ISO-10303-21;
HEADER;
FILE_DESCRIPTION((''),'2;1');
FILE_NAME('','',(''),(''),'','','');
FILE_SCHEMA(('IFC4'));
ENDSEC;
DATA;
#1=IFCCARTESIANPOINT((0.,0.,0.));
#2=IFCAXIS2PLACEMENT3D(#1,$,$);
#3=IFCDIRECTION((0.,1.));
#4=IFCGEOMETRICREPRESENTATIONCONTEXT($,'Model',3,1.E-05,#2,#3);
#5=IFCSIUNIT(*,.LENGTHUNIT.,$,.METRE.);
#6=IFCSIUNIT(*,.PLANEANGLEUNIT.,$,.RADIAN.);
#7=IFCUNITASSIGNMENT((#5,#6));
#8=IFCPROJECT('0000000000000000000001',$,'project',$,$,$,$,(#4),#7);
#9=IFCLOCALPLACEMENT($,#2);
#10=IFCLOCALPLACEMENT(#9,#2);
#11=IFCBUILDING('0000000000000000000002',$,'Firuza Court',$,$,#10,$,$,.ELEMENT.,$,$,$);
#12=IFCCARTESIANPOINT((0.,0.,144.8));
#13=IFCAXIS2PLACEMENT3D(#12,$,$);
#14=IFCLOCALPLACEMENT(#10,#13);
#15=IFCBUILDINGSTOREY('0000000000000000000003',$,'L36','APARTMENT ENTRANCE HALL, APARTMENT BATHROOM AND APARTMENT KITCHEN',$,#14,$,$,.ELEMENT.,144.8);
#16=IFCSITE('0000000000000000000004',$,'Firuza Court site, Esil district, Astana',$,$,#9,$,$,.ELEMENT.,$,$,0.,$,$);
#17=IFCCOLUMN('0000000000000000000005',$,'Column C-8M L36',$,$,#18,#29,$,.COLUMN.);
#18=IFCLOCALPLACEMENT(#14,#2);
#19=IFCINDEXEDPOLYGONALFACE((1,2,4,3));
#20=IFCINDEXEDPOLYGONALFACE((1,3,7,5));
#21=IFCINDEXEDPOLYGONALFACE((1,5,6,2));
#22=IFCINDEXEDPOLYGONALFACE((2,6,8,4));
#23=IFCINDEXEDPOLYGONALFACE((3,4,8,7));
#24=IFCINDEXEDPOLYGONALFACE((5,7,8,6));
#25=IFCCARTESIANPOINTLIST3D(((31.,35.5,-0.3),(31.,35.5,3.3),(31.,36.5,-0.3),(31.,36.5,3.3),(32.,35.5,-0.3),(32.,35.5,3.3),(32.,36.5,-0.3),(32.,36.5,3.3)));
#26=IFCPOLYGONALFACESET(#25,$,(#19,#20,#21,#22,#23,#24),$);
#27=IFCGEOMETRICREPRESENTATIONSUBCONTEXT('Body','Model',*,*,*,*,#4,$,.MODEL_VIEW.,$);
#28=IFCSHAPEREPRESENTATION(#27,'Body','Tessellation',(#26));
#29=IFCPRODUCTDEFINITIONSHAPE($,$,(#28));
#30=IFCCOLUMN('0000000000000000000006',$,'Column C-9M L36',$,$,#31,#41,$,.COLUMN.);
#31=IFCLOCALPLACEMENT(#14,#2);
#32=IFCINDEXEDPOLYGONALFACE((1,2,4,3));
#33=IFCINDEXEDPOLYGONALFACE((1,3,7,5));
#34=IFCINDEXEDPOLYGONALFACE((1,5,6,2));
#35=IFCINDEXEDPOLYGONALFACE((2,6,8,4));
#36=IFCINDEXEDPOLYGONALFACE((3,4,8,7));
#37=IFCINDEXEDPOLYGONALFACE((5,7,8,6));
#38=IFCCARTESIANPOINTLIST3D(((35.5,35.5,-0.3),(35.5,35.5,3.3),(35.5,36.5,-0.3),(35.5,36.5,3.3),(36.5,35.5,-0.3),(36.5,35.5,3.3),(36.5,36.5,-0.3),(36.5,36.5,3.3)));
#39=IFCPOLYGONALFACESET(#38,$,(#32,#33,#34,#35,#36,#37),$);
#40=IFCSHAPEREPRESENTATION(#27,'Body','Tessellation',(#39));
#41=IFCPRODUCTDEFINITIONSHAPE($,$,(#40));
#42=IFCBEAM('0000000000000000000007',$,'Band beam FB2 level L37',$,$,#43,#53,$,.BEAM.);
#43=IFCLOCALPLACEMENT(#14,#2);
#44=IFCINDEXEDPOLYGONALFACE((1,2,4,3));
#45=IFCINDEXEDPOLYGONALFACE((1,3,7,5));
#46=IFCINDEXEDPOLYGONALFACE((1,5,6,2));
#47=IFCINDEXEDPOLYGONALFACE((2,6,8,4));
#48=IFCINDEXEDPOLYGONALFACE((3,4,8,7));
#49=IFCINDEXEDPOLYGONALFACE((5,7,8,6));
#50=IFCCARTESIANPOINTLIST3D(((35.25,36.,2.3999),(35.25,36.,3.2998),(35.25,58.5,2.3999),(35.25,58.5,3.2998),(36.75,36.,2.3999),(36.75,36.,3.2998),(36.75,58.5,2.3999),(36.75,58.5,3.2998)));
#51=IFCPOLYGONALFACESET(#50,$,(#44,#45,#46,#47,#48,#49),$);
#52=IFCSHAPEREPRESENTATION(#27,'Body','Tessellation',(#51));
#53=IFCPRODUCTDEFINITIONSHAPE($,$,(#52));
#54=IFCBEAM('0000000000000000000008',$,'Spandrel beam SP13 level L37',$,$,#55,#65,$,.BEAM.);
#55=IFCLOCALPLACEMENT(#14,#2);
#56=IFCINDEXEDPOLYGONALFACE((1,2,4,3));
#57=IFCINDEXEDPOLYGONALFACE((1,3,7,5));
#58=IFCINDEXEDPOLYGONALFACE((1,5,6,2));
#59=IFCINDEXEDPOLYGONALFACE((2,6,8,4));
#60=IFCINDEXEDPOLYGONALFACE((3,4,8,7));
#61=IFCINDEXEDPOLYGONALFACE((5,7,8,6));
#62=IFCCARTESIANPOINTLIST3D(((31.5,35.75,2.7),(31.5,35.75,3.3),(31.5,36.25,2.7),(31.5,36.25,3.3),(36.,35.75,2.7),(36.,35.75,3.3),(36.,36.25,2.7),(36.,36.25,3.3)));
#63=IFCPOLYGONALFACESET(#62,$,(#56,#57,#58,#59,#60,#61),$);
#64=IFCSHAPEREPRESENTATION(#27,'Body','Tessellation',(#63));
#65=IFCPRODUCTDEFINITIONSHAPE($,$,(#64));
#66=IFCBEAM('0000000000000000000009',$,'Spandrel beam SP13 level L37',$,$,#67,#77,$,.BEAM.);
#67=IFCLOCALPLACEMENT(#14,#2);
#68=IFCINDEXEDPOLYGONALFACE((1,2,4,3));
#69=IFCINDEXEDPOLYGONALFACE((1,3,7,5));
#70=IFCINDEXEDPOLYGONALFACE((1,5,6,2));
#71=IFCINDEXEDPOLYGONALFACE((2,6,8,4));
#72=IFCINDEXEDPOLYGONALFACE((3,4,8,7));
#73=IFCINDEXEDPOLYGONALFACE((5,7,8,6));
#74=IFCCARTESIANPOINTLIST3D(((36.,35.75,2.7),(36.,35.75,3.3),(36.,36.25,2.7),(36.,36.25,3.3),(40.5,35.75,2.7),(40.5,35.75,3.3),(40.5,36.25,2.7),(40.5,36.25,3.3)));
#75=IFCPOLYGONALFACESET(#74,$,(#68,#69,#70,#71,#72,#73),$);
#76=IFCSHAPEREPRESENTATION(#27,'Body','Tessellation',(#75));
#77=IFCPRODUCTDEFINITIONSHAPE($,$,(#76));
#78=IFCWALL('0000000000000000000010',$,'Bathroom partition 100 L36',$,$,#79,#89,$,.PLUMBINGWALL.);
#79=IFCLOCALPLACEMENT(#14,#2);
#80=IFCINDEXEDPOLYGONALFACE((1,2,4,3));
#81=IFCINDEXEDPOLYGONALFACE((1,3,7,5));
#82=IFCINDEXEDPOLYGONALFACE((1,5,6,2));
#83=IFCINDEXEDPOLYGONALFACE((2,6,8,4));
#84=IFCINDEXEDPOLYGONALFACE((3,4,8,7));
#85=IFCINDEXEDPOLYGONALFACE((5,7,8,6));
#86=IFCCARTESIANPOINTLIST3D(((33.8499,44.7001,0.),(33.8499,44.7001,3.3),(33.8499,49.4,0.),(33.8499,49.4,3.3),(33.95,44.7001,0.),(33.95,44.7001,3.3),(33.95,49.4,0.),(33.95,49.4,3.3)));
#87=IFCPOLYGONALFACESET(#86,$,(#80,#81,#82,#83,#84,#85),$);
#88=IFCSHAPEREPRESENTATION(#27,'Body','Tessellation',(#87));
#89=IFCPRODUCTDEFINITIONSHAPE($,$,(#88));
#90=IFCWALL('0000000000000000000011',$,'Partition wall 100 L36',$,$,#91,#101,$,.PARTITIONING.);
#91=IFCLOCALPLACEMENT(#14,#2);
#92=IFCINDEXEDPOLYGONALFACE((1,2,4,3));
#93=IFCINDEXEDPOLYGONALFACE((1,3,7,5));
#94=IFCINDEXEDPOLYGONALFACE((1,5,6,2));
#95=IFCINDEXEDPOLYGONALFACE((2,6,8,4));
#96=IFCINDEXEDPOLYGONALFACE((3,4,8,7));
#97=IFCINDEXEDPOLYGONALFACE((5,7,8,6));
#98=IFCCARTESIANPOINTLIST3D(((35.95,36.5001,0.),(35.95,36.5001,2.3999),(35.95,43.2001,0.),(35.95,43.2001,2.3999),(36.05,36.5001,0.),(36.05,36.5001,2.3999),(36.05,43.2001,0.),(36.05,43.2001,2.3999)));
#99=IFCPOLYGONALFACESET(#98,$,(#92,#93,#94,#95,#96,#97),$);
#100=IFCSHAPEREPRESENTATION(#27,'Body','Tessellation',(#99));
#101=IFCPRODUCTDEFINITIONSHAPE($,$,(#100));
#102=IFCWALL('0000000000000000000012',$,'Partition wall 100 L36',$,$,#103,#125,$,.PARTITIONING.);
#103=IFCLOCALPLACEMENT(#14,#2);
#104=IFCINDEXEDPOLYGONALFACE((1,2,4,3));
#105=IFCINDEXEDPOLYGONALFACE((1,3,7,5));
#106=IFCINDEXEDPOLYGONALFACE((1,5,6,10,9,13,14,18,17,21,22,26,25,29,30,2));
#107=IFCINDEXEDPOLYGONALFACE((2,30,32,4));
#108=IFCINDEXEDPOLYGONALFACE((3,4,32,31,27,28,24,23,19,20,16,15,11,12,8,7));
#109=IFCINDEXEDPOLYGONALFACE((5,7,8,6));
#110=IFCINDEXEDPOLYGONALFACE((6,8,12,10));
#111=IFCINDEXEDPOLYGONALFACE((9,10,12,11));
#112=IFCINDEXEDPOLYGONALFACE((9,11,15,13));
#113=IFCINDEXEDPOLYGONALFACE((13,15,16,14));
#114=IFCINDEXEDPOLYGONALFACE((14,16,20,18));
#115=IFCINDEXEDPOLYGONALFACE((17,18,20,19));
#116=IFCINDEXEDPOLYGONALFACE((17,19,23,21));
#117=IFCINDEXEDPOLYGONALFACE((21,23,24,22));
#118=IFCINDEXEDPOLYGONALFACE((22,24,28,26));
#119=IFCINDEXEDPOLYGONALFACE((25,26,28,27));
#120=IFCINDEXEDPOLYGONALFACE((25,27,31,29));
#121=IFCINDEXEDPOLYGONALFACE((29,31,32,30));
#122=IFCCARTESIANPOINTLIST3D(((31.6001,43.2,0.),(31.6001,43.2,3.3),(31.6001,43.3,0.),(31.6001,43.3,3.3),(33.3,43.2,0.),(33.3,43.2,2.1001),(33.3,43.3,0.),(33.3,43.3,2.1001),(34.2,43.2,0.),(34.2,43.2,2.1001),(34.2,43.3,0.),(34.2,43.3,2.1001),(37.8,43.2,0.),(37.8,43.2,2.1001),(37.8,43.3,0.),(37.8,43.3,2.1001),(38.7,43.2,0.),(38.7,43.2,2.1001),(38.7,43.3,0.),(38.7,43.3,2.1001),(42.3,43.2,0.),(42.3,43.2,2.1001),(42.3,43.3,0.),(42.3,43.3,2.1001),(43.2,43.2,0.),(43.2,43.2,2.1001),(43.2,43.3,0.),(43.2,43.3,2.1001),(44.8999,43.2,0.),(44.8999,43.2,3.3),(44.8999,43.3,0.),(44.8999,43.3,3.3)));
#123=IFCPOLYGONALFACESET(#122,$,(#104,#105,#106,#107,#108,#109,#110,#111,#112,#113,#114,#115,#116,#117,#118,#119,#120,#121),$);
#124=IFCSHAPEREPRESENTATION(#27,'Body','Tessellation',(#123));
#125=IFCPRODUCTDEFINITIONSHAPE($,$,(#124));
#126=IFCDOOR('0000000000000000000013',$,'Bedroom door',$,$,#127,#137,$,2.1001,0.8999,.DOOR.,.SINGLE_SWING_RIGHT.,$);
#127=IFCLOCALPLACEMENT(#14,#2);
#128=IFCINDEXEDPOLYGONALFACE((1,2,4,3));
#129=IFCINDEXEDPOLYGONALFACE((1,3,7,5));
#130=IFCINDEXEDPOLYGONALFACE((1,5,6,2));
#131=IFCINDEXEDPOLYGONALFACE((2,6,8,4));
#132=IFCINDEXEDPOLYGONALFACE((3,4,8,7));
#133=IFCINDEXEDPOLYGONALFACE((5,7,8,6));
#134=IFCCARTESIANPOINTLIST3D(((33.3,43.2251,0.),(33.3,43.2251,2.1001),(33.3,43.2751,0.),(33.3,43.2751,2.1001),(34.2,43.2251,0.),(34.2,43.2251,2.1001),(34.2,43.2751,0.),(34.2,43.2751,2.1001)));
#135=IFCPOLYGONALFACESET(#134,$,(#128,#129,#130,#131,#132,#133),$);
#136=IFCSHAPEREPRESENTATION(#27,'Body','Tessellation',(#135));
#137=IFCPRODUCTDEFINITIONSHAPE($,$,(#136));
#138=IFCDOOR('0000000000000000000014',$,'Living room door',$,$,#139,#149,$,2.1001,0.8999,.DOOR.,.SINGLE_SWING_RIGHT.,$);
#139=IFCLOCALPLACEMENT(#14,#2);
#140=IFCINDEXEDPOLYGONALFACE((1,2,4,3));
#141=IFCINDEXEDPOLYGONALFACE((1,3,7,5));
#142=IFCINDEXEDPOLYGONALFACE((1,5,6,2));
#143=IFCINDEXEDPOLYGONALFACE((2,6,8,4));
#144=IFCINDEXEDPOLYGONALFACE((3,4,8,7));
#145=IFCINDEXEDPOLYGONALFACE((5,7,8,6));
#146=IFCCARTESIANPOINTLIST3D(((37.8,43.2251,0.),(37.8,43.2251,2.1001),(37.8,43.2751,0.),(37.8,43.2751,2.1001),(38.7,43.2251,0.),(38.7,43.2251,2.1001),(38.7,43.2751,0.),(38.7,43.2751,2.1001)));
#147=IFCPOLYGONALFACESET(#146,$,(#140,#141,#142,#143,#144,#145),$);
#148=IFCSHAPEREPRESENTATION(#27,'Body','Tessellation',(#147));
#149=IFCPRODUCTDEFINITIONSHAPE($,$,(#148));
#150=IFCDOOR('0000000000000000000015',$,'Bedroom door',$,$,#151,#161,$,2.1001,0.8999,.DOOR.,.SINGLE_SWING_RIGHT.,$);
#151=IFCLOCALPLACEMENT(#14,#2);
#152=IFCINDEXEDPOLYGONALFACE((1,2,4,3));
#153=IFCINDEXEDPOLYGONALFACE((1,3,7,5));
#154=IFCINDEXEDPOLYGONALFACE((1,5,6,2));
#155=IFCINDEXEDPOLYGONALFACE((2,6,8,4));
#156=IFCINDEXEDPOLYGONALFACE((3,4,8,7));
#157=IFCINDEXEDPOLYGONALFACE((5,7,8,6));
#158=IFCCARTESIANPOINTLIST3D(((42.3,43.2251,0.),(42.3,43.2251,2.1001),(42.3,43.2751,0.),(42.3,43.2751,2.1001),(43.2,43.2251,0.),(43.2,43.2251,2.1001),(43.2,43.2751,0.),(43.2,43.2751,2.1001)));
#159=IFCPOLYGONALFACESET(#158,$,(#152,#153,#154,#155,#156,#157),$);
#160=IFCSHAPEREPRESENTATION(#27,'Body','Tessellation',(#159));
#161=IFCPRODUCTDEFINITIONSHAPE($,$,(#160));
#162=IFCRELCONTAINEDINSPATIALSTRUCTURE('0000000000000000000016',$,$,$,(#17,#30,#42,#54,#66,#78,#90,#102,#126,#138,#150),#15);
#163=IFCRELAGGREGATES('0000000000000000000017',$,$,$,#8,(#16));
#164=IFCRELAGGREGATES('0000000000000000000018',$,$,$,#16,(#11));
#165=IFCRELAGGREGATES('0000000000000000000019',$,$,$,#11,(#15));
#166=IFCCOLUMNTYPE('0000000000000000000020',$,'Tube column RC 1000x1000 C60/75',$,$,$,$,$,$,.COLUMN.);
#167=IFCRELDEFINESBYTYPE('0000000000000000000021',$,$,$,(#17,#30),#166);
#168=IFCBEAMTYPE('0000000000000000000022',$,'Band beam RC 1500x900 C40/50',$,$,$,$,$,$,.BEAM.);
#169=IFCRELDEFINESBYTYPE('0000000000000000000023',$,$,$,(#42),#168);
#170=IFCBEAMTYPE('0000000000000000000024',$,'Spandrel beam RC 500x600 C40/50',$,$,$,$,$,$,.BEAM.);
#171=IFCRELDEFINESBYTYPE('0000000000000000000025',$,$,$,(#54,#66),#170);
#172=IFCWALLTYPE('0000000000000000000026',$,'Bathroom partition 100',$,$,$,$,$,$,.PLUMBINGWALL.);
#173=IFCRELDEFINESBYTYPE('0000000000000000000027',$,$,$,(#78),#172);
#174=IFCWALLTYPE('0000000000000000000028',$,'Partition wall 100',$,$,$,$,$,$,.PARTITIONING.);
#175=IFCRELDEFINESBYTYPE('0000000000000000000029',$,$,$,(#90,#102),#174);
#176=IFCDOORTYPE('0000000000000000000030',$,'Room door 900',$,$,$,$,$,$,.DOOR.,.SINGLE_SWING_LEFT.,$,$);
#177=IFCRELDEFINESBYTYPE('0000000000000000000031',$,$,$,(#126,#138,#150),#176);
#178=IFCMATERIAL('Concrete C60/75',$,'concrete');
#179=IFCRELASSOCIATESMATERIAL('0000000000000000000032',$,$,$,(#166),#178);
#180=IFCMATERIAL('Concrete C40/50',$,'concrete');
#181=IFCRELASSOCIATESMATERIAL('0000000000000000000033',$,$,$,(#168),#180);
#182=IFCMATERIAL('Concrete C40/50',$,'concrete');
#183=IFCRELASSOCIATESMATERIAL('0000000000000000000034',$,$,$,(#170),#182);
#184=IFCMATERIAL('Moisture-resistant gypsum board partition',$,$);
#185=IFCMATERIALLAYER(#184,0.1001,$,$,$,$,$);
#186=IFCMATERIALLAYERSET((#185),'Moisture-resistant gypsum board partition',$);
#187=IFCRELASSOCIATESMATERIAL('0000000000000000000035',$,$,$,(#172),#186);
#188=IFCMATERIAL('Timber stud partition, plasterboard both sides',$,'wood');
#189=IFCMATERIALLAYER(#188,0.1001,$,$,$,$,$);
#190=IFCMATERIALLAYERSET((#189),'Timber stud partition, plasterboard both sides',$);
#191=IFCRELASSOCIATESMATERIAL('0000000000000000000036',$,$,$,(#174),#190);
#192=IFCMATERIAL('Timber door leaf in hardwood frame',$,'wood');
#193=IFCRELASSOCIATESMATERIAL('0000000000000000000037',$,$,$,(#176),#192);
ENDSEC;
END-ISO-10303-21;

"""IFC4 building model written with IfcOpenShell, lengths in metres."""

from ifc_helpers import new_model, si_unit, direction, frame, frame_2d, origin, origin_2d, place, context, subcontext, project, spatial, rectangle, extrude, material, layer, layer_set, material_profile, profile_set, type_object, element, fill, save


model = new_model("IFC4")

# Units and contexts
model_context = context("Model", 3, precision=1e-05, world=origin(), true_north=direction((0.0, 1.0)))
body_context = subcontext(model_context, "Body", "Model", "MODEL_VIEW")
ifc_project = project(units=[si_unit("LENGTHUNIT", "METRE"), si_unit("PLANEANGLEUNIT", "RADIAN")], contexts=[model_context])

# Site, building, storey
site_placement = place(None, origin())
site = spatial("IfcSite", under=ifc_project, at=site_placement, Name="Firuza Court site, Esil district, Astana", CompositionType="ELEMENT", RefElevation=0.0)
building_placement = place(site_placement, origin())
building = spatial("IfcBuilding", under=site, at=building_placement, Name="Firuza Court", CompositionType="ELEMENT")
storey_placement = place(building_placement, frame((0.0, 0.0, 144.8)))
storey = spatial("IfcBuildingStorey", under=building, at=storey_placement, Name="L36", Description="APARTMENT ENTRANCE HALL, APARTMENT BATHROOM AND APARTMENT KITCHEN", CompositionType="ELEMENT", Elevation=144.8)

# Columns
ifc_material_1 = material(Name="Concrete C60/75", Category="concrete")
ifc_material_profile_1 = material_profile(ifc_material_1, rectangle(XDim=1.0, YDim=1.0, at=origin_2d()), Name="RC 1000x1000")
ifc_profile_set_1 = profile_set([ifc_material_profile_1], Name="Concrete C60/75")
column_type = type_object("IfcColumnType", Name="Tube column RC 1000x1000 C60/75", PredefinedType="COLUMN", material=ifc_profile_set_1)
for number, where, z_axis, x_axis, name in (
    (1, (31.5, 36.0, -0.3), (0.0, 0.0, 1.0), (1.0, 0.0, 0.0), "Column C-8M L36"),
    (2, (36.0, 36.0, -0.3), (0.0, 0.0, 1.0), (1.0, 0.0, 0.0), "Column C-9M L36"),
):
    element("IfcColumn", number, at=place(storey_placement, frame(where, z_axis=z_axis, x_axis=x_axis)), inside=storey, type_object=column_type, Name=name, PredefinedType="COLUMN", context=body_context, shape_type="SweptSolid", body=[
        extrude(rectangle(XDim=1.0, YDim=1.0, at=origin_2d()), origin(), (0.0, 0.0, 1.0), 3.6001),
    ])

# Beams
ifc_material_2 = material(Name="Concrete C40/50", Category="concrete")
ifc_material_profile_2 = material_profile(ifc_material_2, rectangle(XDim=1.5, YDim=0.8999, at=origin_2d()), Name="RC 1500x900")
ifc_profile_set_2 = profile_set([ifc_material_profile_2], Name="Concrete C40/50")
beam_type_1 = type_object("IfcBeamType", Name="Band beam RC 1500x900 C40/50", PredefinedType="BEAM", material=ifc_profile_set_2)
beam_placement = place(storey_placement, frame((36.0, 36.0, 2.8499), z_axis=(0.0, 1.0, 0.0), x_axis=(-1.0, 0.0, 0.0)))
element("IfcBeam", 3, at=beam_placement, inside=storey, type_object=beam_type_1, Name="Band beam FB2 level L37", PredefinedType="BEAM", context=body_context, shape_type="SweptSolid", body=[
    extrude(rectangle(XDim=1.5, YDim=0.8999, at=origin_2d()), origin(), (0.0, 0.0, 1.0), 22.5),
])
ifc_material_3 = material(Name="Concrete C40/50", Category="concrete")
ifc_material_profile_3 = material_profile(ifc_material_3, rectangle(XDim=0.5, YDim=0.6001, at=origin_2d()), Name="RC 500x600")
ifc_profile_set_3 = profile_set([ifc_material_profile_3], Name="Concrete C40/50")
beam_type_2 = type_object("IfcBeamType", Name="Spandrel beam RC 500x600 C40/50", PredefinedType="BEAM", material=ifc_profile_set_3)
for number, where, z_axis, x_axis, name in (
    (4, (31.5, 36.0, 3.0), (1.0, 0.0, 0.0), (0.0, 1.0, 0.0), "Spandrel beam SP13 level L37"),
    (5, (36.0, 36.0, 3.0), (1.0, 0.0, 0.0), (0.0, 1.0, 0.0), "Spandrel beam SP13 level L37"),
):
    element("IfcBeam", number, at=place(storey_placement, frame(where, z_axis=z_axis, x_axis=x_axis)), inside=storey, type_object=beam_type_2, Name=name, PredefinedType="BEAM", context=body_context, shape_type="SweptSolid", body=[
        extrude(rectangle(XDim=0.5, YDim=0.6001, at=origin_2d()), origin(), (0.0, 0.0, 1.0), 4.5),
    ])

# Walls
ifc_material_4 = material(Name="Moisture-resistant gypsum board partition")
ifc_layer_1 = layer(ifc_material_4, 0.1001)
ifc_layer_set_1 = layer_set([ifc_layer_1], Name="Moisture-resistant gypsum board partition")
wall_type_1 = type_object("IfcWallType", Name="Bathroom partition 100", PredefinedType="PLUMBINGWALL", material=ifc_layer_set_1)
wall_1_placement = place(storey_placement, frame((33.8999, 44.7, 0.0), z_axis=(0.0, 0.0, 1.0), x_axis=(0.0, 1.0, 0.0)))
element("IfcWall", 6, at=wall_1_placement, inside=storey, type_object=wall_type_1, Name="Bathroom partition 100 L36", PredefinedType="PLUMBINGWALL", context=body_context, shape_type="SweptSolid", body=[
    extrude(rectangle(XDim=4.7, YDim=0.1001, at=frame_2d((2.3501, 0.0))), origin(), (0.0, 0.0, 1.0), 3.3),
])
ifc_material_5 = material(Name="Timber stud partition, plasterboard both sides", Category="wood")
ifc_layer_2 = layer(ifc_material_5, 0.1001)
ifc_layer_set_2 = layer_set([ifc_layer_2], Name="Timber stud partition, plasterboard both sides")
wall_type_2 = type_object("IfcWallType", Name="Partition wall 100", PredefinedType="PARTITIONING", material=ifc_layer_set_2)
wall_2_placement = place(storey_placement, frame((36.0, 36.5, 0.0), z_axis=(0.0, 0.0, 1.0), x_axis=(0.0, 1.0, 0.0)))
element("IfcWall", 7, at=wall_2_placement, inside=storey, type_object=wall_type_2, Name="Partition wall 100 L36", PredefinedType="PARTITIONING", context=body_context, shape_type="SweptSolid", body=[
    extrude(rectangle(XDim=6.7, YDim=0.1001, at=frame_2d((3.3501, 0.0))), origin(), (0.0, 0.0, 1.0), 2.3999),
])

# Wall, openings, doors
wall_3_placement = place(storey_placement, frame((31.6001, 43.25, 0.0), z_axis=(0.0, 0.0, 1.0), x_axis=(1.0, 0.0, 0.0)))
wall_3 = element("IfcWall", 8, at=wall_3_placement, inside=storey, type_object=wall_type_2, Name="Partition wall 100 L36", PredefinedType="PARTITIONING", context=body_context, shape_type="SweptSolid", body=[
    extrude(rectangle(XDim=13.2998, YDim=0.1001, at=frame_2d((6.6499, 0.0))), origin(), (0.0, 0.0, 1.0), 3.3),
])
opening_1_placement = place(wall_3_placement, frame((1.7, 0.0, 0.0)))
opening_1 = element("IfcOpeningElement", 9, at=opening_1_placement, cuts=wall_3, PredefinedType="OPENING", context=body_context, shape_type="SweptSolid", body=[
    extrude(rectangle(XDim=0.8999, YDim=2.1001, at=frame_2d((0.45, 1.05))), frame((0.0, 0.062, 0.0), z_axis=(0.0, -1.0, 0.0), x_axis=(1.0, 0.0, 0.0)), (0.0, 0.0, 1.0), 0.124),
])
opening_2_placement = place(wall_3_placement, frame((6.2, 0.0, 0.0)))
opening_2 = element("IfcOpeningElement", 10, at=opening_2_placement, cuts=wall_3, PredefinedType="OPENING", context=body_context, shape_type="SweptSolid", body=[
    extrude(rectangle(XDim=0.8999, YDim=2.1001, at=frame_2d((0.45, 1.05))), frame((0.0, 0.062, 0.0), z_axis=(0.0, -1.0, 0.0), x_axis=(1.0, 0.0, 0.0)), (0.0, 0.0, 1.0), 0.124),
])
opening_3_placement = place(wall_3_placement, frame((10.7, 0.0, 0.0)))
opening_3 = element("IfcOpeningElement", 11, at=opening_3_placement, cuts=wall_3, PredefinedType="OPENING", context=body_context, shape_type="SweptSolid", body=[
    extrude(rectangle(XDim=0.8999, YDim=2.1001, at=frame_2d((0.45, 1.05))), frame((0.0, 0.062, 0.0), z_axis=(0.0, -1.0, 0.0), x_axis=(1.0, 0.0, 0.0)), (0.0, 0.0, 1.0), 0.124),
])
ifc_material_6 = material(Name="Timber door leaf in hardwood frame", Category="wood")
door_type_1 = type_object("IfcDoorType", Name="Room door 900", OperationType="SINGLE_SWING_LEFT", PredefinedType="DOOR", material=ifc_material_6)
door_1_placement = place(opening_1_placement, frame((0.8999, 0.0, 0.0), z_axis=(0.0, 0.0, 1.0), x_axis=(-1.0, 0.0, 0.0)))
door_1 = element("IfcDoor", 12, at=door_1_placement, inside=storey, type_object=door_type_1, Name="Bedroom door", OperationType="SINGLE_SWING_RIGHT", OverallHeight=2.1001, OverallWidth=0.8999, PredefinedType="DOOR", context=body_context, shape_type="SweptSolid", body=[
    extrude(rectangle(XDim=0.8999, YDim=2.1001, at=frame_2d((0.45, 1.05))), frame((0.0, 0.0249, 0.0), z_axis=(0.0, -1.0, 0.0), x_axis=(1.0, 0.0, 0.0)), (0.0, 0.0, 1.0), 0.05),
])
fill(opening_1, door_1)
door_2_placement = place(opening_2_placement, frame((0.8999, 0.0, 0.0), z_axis=(0.0, 0.0, 1.0), x_axis=(-1.0, 0.0, 0.0)))
door_2 = element("IfcDoor", 13, at=door_2_placement, inside=storey, type_object=door_type_1, Name="Living room door", OperationType="SINGLE_SWING_RIGHT", OverallHeight=2.1001, OverallWidth=0.8999, PredefinedType="DOOR", context=body_context, shape_type="SweptSolid", body=[
    extrude(rectangle(XDim=0.8999, YDim=2.1001, at=frame_2d((0.45, 1.05))), frame((0.0, 0.0249, 0.0), z_axis=(0.0, -1.0, 0.0), x_axis=(1.0, 0.0, 0.0)), (0.0, 0.0, 1.0), 0.05),
])
fill(opening_2, door_2)
door_3_placement = place(opening_3_placement, frame((0.8999, 0.0, 0.0), z_axis=(0.0, 0.0, 1.0), x_axis=(-1.0, 0.0, 0.0)))
door_3 = element("IfcDoor", 14, at=door_3_placement, inside=storey, type_object=door_type_1, Name="Bedroom door", OperationType="SINGLE_SWING_RIGHT", OverallHeight=2.1001, OverallWidth=0.8999, PredefinedType="DOOR", context=body_context, shape_type="SweptSolid", body=[
    extrude(rectangle(XDim=0.8999, YDim=2.1001, at=frame_2d((0.45, 1.05))), frame((0.0, 0.0249, 0.0), z_axis=(0.0, -1.0, 0.0), x_axis=(1.0, 0.0, 0.0)), (0.0, 0.0, 1.0), 0.05),
])
fill(opening_3, door_3)

save(model, "model.ifc")
